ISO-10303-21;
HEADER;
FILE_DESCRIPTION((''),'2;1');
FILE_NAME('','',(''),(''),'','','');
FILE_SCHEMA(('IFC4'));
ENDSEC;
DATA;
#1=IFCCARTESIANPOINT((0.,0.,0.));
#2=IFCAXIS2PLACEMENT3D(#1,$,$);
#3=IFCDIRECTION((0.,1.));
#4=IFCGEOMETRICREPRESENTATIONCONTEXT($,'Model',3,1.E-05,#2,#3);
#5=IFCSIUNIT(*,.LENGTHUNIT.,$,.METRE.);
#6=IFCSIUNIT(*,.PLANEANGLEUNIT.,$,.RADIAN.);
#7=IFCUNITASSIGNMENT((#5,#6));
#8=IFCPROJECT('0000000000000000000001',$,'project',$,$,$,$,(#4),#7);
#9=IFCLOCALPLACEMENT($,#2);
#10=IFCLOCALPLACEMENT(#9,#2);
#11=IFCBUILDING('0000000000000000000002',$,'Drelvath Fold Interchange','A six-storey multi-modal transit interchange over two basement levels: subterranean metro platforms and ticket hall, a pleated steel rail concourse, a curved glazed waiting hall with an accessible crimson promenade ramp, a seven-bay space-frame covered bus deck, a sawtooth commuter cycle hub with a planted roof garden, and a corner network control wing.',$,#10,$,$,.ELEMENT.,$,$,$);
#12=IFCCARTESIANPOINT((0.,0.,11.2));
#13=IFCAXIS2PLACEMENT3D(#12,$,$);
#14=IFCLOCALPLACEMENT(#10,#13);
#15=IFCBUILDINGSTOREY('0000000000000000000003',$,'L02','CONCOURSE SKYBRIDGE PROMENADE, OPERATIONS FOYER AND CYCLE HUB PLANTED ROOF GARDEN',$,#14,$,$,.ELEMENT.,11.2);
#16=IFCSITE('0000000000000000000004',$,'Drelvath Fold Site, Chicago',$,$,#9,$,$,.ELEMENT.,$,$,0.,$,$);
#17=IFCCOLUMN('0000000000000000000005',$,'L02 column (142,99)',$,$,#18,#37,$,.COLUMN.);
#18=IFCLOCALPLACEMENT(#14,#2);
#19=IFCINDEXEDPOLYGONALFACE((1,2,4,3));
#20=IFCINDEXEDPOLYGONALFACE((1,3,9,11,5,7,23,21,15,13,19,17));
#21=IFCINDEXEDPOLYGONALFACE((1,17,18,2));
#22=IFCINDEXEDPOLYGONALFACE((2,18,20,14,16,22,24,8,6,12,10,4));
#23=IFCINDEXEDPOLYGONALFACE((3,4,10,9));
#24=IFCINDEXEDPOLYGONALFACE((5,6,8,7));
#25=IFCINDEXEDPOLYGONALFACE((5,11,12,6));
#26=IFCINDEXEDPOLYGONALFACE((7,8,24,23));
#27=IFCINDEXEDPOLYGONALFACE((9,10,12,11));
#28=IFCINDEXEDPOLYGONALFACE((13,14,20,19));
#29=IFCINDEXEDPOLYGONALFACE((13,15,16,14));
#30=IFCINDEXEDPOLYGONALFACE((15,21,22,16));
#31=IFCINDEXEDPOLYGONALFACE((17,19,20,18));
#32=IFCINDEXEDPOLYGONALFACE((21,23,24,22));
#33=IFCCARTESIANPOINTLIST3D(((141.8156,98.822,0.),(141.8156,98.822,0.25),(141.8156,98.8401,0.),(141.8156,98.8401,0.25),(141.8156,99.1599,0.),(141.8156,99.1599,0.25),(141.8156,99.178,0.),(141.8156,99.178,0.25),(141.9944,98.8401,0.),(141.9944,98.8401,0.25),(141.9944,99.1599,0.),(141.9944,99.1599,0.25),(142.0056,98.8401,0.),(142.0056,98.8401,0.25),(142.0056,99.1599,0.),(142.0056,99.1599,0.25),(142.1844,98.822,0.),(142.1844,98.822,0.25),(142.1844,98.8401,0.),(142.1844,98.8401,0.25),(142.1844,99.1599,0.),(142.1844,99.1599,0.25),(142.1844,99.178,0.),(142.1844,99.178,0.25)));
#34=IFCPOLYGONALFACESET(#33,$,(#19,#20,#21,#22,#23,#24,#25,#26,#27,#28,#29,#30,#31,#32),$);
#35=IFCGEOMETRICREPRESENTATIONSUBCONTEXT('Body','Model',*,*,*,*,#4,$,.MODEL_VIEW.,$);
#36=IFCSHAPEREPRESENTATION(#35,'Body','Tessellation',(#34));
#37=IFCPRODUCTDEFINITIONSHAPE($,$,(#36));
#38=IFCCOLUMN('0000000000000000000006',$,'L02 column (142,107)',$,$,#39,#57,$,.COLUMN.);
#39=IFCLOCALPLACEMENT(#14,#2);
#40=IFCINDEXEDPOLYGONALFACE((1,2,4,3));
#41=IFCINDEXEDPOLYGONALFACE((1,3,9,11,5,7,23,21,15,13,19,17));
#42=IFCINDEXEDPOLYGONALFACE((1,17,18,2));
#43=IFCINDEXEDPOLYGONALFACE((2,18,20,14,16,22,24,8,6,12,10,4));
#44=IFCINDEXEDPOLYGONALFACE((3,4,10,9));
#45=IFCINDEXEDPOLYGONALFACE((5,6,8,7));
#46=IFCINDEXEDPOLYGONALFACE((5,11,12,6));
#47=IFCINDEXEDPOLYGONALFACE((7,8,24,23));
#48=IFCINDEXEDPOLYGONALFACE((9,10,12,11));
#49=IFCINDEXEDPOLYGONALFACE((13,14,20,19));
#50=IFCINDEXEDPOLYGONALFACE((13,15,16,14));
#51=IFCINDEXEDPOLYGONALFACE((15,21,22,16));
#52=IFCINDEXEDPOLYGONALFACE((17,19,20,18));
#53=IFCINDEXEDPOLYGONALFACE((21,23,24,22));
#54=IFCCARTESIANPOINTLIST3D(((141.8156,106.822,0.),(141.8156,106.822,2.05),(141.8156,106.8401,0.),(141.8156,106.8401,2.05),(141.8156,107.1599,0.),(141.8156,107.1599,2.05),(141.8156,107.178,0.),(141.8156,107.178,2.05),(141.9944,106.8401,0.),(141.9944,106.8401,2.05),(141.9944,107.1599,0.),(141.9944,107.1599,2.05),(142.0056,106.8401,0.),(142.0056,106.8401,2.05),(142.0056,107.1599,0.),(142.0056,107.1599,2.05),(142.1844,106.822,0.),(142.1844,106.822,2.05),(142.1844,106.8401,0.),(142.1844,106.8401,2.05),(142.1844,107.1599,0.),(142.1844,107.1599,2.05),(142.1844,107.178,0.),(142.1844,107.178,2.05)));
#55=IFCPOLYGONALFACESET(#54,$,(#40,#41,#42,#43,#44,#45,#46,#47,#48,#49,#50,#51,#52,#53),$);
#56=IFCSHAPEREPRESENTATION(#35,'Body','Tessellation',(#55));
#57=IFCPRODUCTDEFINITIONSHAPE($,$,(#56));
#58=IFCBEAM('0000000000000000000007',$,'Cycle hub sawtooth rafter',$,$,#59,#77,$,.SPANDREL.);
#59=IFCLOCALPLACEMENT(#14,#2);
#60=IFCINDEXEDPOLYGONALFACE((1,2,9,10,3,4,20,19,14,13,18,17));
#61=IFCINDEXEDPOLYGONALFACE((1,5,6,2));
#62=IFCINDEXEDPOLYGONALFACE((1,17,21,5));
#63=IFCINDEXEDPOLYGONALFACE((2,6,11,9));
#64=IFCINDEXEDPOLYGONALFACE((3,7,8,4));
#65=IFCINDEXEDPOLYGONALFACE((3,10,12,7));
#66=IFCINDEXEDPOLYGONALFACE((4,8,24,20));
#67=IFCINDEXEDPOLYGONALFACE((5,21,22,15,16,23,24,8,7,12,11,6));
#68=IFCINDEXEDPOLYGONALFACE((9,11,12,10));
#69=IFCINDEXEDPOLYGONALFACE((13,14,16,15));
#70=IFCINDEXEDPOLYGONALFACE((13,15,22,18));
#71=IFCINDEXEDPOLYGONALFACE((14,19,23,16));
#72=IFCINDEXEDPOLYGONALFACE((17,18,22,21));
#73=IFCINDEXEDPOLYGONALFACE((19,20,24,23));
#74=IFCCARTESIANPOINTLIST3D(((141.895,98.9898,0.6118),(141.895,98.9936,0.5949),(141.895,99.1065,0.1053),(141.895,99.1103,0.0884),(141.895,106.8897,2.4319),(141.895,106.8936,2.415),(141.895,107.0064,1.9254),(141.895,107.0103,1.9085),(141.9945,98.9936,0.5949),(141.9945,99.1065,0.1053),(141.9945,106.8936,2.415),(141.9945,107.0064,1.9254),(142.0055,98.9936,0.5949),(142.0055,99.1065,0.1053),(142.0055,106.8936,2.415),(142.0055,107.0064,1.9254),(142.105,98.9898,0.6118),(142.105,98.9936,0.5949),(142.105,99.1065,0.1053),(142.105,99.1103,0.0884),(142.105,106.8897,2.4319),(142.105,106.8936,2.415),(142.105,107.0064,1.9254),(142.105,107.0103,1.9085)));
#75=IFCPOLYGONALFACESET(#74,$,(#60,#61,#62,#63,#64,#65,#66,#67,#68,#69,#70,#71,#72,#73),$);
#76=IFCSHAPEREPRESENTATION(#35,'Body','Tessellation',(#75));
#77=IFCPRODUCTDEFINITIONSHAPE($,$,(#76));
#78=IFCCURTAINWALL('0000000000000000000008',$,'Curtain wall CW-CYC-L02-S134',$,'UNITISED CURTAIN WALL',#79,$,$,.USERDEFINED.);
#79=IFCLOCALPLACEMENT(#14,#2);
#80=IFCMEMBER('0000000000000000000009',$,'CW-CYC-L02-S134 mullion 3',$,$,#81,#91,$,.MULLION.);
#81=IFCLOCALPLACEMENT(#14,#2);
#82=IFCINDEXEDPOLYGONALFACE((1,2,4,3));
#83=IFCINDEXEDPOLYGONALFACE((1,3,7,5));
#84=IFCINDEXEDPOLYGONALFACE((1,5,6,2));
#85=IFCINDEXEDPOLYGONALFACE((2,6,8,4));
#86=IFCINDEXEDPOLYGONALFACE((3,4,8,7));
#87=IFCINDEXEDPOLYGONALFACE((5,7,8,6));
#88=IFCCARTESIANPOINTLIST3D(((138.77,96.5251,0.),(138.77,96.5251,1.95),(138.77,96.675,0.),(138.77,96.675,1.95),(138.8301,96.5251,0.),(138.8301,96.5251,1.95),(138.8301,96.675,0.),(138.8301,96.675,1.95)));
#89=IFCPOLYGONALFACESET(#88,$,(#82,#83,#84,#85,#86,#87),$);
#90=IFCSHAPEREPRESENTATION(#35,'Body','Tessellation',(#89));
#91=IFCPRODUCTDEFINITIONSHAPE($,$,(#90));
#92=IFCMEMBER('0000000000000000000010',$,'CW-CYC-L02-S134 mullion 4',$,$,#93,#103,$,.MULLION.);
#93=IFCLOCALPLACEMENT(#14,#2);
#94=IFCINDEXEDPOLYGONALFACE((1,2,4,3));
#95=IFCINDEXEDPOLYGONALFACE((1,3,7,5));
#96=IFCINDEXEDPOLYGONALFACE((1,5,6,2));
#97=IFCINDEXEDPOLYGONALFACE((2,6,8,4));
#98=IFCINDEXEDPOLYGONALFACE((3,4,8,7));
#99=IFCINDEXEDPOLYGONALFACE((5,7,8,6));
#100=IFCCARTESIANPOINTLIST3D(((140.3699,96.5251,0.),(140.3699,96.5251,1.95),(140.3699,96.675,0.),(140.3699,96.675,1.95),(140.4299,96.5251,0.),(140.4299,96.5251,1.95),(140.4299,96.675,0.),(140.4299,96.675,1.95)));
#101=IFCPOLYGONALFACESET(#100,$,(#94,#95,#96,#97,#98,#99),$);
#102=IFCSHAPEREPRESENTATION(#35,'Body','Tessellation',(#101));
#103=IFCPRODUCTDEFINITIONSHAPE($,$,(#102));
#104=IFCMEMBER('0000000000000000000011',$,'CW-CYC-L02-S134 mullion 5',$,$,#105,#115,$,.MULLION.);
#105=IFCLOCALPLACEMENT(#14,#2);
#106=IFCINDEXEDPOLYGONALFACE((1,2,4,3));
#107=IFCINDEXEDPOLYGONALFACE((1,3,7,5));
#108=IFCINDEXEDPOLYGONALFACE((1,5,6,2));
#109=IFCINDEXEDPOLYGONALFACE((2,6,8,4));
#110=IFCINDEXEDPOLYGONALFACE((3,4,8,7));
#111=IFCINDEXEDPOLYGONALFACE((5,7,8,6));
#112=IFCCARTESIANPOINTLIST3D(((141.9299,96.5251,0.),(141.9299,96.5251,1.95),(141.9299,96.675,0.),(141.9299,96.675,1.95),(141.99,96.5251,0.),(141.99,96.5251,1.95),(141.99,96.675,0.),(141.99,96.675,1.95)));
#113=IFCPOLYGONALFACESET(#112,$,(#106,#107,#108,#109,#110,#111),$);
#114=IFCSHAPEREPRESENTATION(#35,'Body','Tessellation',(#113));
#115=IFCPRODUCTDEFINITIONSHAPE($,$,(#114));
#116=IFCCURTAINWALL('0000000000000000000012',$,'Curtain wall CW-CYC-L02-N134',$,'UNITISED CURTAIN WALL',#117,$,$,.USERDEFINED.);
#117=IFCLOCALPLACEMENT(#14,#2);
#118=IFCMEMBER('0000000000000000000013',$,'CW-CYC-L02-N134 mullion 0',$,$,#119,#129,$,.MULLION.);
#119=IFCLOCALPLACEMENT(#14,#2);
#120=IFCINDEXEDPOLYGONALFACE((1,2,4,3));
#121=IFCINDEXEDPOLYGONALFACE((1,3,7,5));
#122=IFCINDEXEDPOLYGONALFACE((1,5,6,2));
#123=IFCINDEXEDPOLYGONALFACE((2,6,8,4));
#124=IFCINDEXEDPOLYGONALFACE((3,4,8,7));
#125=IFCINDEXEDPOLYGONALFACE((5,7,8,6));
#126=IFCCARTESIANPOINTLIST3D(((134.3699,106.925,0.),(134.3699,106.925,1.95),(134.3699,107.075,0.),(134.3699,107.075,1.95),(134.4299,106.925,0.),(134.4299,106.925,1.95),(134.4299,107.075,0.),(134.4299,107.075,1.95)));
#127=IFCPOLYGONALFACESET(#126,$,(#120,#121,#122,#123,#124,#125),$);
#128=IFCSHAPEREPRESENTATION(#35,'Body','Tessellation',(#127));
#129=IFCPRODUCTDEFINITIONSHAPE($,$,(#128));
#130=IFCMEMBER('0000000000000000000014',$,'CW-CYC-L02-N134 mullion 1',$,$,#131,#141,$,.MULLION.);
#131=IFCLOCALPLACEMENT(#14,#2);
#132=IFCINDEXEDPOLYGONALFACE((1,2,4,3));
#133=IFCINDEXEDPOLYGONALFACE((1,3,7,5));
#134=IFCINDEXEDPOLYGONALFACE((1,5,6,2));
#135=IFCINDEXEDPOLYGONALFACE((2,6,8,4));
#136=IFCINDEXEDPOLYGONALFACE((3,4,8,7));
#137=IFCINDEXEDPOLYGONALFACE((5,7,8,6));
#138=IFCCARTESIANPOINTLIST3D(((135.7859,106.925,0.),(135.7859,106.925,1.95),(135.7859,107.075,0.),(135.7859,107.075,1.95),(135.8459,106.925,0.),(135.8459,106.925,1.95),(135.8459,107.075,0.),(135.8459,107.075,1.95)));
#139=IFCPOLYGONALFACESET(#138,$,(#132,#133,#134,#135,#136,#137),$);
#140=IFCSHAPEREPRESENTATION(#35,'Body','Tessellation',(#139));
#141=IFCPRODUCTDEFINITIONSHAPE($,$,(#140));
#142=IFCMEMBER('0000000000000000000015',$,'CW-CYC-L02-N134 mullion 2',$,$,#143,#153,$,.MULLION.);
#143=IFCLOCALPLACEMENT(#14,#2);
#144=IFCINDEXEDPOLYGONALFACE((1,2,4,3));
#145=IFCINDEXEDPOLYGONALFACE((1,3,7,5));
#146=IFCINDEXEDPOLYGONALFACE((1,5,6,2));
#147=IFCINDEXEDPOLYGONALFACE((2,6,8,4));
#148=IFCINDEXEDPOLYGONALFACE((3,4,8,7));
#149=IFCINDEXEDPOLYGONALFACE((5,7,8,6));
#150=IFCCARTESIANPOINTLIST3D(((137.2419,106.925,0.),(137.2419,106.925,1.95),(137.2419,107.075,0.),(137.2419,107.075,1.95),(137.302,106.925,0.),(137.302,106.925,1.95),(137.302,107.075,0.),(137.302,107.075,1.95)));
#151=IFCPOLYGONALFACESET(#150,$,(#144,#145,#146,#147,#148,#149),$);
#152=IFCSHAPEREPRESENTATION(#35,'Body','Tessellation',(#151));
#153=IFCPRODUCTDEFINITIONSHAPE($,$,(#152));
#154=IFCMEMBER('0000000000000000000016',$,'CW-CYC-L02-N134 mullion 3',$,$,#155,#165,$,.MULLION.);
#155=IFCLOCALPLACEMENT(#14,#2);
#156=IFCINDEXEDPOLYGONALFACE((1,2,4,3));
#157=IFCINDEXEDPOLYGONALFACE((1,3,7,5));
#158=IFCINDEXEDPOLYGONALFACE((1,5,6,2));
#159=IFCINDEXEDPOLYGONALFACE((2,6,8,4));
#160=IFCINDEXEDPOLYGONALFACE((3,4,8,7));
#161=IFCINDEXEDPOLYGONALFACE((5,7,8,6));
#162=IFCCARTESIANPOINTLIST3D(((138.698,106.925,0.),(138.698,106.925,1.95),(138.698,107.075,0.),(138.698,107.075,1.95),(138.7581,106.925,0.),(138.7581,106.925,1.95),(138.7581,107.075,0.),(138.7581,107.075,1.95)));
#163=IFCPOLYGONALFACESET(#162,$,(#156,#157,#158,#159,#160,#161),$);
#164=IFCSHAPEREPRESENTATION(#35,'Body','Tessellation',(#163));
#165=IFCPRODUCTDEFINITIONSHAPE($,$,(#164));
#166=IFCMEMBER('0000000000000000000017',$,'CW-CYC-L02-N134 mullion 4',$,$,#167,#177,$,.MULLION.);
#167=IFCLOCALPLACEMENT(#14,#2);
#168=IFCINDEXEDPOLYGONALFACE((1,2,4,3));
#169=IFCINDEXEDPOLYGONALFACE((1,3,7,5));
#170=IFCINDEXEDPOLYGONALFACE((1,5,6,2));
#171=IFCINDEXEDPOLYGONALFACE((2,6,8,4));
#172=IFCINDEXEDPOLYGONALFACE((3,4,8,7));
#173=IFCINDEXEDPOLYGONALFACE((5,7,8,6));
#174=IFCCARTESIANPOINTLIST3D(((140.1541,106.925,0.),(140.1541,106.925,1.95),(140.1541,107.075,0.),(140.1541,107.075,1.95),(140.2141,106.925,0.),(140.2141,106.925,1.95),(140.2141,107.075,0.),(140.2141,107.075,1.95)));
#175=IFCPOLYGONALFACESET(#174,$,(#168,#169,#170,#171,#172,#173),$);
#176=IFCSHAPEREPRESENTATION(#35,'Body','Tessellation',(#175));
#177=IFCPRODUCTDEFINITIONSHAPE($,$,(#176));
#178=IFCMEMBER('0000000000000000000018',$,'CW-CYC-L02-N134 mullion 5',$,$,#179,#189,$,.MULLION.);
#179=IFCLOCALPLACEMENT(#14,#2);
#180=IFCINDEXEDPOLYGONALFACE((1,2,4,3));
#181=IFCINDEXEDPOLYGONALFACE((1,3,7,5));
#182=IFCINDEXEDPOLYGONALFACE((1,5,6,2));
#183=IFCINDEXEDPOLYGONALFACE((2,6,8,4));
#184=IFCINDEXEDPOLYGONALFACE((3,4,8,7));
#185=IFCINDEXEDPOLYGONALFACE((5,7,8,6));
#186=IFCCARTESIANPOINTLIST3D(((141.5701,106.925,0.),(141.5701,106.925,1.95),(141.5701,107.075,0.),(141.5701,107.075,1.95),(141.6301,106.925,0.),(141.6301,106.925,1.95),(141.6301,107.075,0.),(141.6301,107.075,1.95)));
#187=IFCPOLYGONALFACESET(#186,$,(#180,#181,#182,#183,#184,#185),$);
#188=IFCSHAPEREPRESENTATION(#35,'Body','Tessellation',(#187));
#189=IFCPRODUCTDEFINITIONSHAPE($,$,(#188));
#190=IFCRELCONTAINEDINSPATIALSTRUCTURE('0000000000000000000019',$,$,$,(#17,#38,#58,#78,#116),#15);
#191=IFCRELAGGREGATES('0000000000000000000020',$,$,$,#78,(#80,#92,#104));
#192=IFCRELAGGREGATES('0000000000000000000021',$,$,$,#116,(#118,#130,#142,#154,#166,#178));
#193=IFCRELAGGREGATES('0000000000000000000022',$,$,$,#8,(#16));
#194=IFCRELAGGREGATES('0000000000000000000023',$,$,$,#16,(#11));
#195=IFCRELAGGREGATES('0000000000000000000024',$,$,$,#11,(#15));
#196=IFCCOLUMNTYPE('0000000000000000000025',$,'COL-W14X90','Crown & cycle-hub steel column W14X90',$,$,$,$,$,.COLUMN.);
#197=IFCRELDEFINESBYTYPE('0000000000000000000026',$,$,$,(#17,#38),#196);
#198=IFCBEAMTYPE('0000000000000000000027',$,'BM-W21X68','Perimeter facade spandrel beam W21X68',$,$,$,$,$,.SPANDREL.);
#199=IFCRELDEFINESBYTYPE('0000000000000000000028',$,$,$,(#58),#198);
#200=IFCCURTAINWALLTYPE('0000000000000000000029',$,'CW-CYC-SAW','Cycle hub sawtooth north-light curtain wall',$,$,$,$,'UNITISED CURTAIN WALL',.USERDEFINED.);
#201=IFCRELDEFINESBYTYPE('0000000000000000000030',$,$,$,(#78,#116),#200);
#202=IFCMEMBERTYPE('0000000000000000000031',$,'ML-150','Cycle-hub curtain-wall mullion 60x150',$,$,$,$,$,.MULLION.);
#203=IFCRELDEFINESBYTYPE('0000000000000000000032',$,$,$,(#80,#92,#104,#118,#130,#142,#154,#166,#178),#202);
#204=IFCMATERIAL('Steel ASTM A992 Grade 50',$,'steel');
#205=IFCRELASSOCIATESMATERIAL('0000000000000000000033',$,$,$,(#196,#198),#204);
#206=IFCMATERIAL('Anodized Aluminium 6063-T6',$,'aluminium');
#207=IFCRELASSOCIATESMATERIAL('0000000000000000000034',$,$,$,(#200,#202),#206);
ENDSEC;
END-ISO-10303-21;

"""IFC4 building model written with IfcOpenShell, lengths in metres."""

from ifc_helpers import new_model, si_unit, direction, frame, origin, origin_2d, place, context, subcontext, project, spatial, rectangle, i_section, extrude, material, material_profile, profile_set, type_object, element, aggregate, save


model = new_model("IFC4")

# Units and contexts
model_context = context("Model", 3, precision=1e-05, world=origin(), true_north=direction((0.0, 1.0)))
body_context = subcontext(model_context, "Body", "Model", "MODEL_VIEW")
ifc_project = project(units=[si_unit("LENGTHUNIT", "METRE"), si_unit("PLANEANGLEUNIT", "RADIAN")], contexts=[model_context])

# Site, building, storey
site_placement = place(None, origin())
site = spatial("IfcSite", under=ifc_project, at=site_placement, Name="Drelvath Fold Site, Chicago", CompositionType="ELEMENT", RefElevation=0.0)
building_placement = place(site_placement, origin())
building = spatial("IfcBuilding", under=site, at=building_placement, Name="Drelvath Fold Interchange", Description="A six-storey multi-modal transit interchange over two basement levels: subterranean metro platforms and ticket hall, a pleated steel rail concourse, a curved glazed waiting hall with an accessible crimson promenade ramp, a seven-bay space-frame covered bus deck, a sawtooth commuter cycle hub with a planted roof garden, and a corner network control wing.", CompositionType="ELEMENT")
storey_placement = place(building_placement, frame((0.0, 0.0, 11.2)))
storey = spatial("IfcBuildingStorey", under=building, at=storey_placement, Name="L02", Description="CONCOURSE SKYBRIDGE PROMENADE, OPERATIONS FOYER AND CYCLE HUB PLANTED ROOF GARDEN", CompositionType="ELEMENT", Elevation=11.2)

# Columns
ifc_material_1 = material(Name="Steel ASTM A992 Grade 50", Category="steel")
ifc_material_profile_1 = material_profile(ifc_material_1, i_section(OverallWidth=0.3689, OverallDepth=0.356, WebThickness=0.0112, FlangeThickness=0.0181, at=origin_2d()), Name="W14X90")
ifc_profile_set_1 = profile_set([ifc_material_profile_1], Name="Steel ASTM A992 Grade 50")
column_type = type_object("IfcColumnType", Name="COL-W14X90", Description="Crown & cycle-hub steel column W14X90", PredefinedType="COLUMN", material=ifc_profile_set_1)
column_1_placement = place(storey_placement, frame((142.0, 99.0, 0.0), z_axis=(0.0, 0.0, 1.0), x_axis=(1.0, 0.0, 0.0)))
element("IfcColumn", 1, at=column_1_placement, inside=storey, type_object=column_type, Name="L02 column (142,99)", PredefinedType="COLUMN", context=body_context, shape_type="SweptSolid", body=[
    extrude(i_section(OverallWidth=0.3689, OverallDepth=0.356, WebThickness=0.0112, FlangeThickness=0.0181, at=origin_2d()), origin(), (0.0, 0.0, 1.0), 0.25),
])
column_2_placement = place(storey_placement, frame((142.0, 107.0, 0.0), z_axis=(0.0, 0.0, 1.0), x_axis=(1.0, 0.0, 0.0)))
element("IfcColumn", 2, at=column_2_placement, inside=storey, type_object=column_type, Name="L02 column (142,107)", PredefinedType="COLUMN", context=body_context, shape_type="SweptSolid", body=[
    extrude(i_section(OverallWidth=0.3689, OverallDepth=0.356, WebThickness=0.0112, FlangeThickness=0.0181, at=origin_2d()), origin(), (0.0, 0.0, 1.0), 2.05),
])

# Beam
ifc_material_profile_2 = material_profile(ifc_material_1, i_section(OverallWidth=0.21, OverallDepth=0.5371, WebThickness=0.011, FlangeThickness=0.0173, at=origin_2d()), Name="W21X68")
ifc_profile_set_2 = profile_set([ifc_material_profile_2], Name="Steel ASTM A992 Grade 50")
beam_type = type_object("IfcBeamType", Name="BM-W21X68", Description="Perimeter facade spandrel beam W21X68", PredefinedType="SPANDREL", material=ifc_profile_set_2)
beam_placement = place(storey_placement, frame((142.0, 99.05, 0.3501), z_axis=(0.0, 0.974472, 0.22451), x_axis=(-1.0, 0.0, 0.0)))
element("IfcBeam", 3, at=beam_placement, inside=storey, type_object=beam_type, Name="Cycle hub sawtooth rafter", PredefinedType="SPANDREL", context=body_context, shape_type="SweptSolid", body=[
    extrude(i_section(OverallWidth=0.21, OverallDepth=0.5371, WebThickness=0.011, FlangeThickness=0.0173, at=origin_2d()), origin(), (0.0, 0.0, 1.0), 8.1069),
])

# Curtain walls, members
ifc_material_2 = material(Name="Anodized Aluminium 6063-T6", Category="aluminium")
curtain_wall_type = type_object("IfcCurtainWallType", Name="CW-CYC-SAW", Description="Cycle hub sawtooth north-light curtain wall", ElementType="UNITISED CURTAIN WALL", PredefinedType="USERDEFINED", material=ifc_material_2)
curtain_wall_1_placement = place(storey_placement, origin())
curtain_wall_1 = element("IfcCurtainWall", 4, at=curtain_wall_1_placement, inside=storey, type_object=curtain_wall_type, Name="Curtain wall CW-CYC-L02-S134", ObjectType="UNITISED CURTAIN WALL", PredefinedType="USERDEFINED")
ifc_material_profile_3 = material_profile(ifc_material_2, rectangle(XDim=0.0601, YDim=0.1499, at=origin_2d()), Name="AL-M 60x150")
ifc_profile_set_3 = profile_set([ifc_material_profile_3], Name="Anodized Aluminium 6063-T6")
member_type_1 = type_object("IfcMemberType", Name="ML-150", Description="Cycle-hub curtain-wall mullion 60x150", PredefinedType="MULLION", material=ifc_profile_set_3)
member_1_placement = place(storey_placement, frame((138.8, 96.6001, 0.0), z_axis=(0.0, 0.0, 1.0), x_axis=(1.0, 0.0, 0.0)))
member_1 = element("IfcMember", 5, at=member_1_placement, type_object=member_type_1, Name="CW-CYC-L02-S134 mullion 3", PredefinedType="MULLION", context=body_context, shape_type="SweptSolid", body=[
    extrude(rectangle(XDim=0.0601, YDim=0.1499, at=origin_2d()), origin(), (0.0, 0.0, 1.0), 1.95),
])
member_2_placement = place(storey_placement, frame((140.3999, 96.6001, 0.0), z_axis=(0.0, 0.0, 1.0), x_axis=(1.0, 0.0, 0.0)))
member_2 = element("IfcMember", 6, at=member_2_placement, type_object=member_type_1, Name="CW-CYC-L02-S134 mullion 4", PredefinedType="MULLION", context=body_context, shape_type="SweptSolid", body=[
    extrude(rectangle(XDim=0.0601, YDim=0.1499, at=origin_2d()), origin(), (0.0, 0.0, 1.0), 1.95),
])
member_3_placement = place(storey_placement, frame((141.96, 96.6001, 0.0), z_axis=(0.0, 0.0, 1.0), x_axis=(1.0, 0.0, 0.0)))
member_3 = element("IfcMember", 7, at=member_3_placement, type_object=member_type_1, Name="CW-CYC-L02-S134 mullion 5", PredefinedType="MULLION", context=body_context, shape_type="SweptSolid", body=[
    extrude(rectangle(XDim=0.0601, YDim=0.1499, at=origin_2d()), origin(), (0.0, 0.0, 1.0), 1.95),
])
curtain_wall_2_placement = place(storey_placement, origin())
curtain_wall_2 = element("IfcCurtainWall", 8, at=curtain_wall_2_placement, inside=storey, type_object=curtain_wall_type, Name="Curtain wall CW-CYC-L02-N134", ObjectType="UNITISED CURTAIN WALL", PredefinedType="USERDEFINED")
member_4_placement = place(storey_placement, frame((134.3999, 107.0, 0.0), z_axis=(0.0, 0.0, 1.0), x_axis=(1.0, 0.0, 0.0)))
member_4 = element("IfcMember", 9, at=member_4_placement, type_object=member_type_1, Name="CW-CYC-L02-N134 mullion 0", PredefinedType="MULLION", context=body_context, shape_type="SweptSolid", body=[
    extrude(rectangle(XDim=0.0601, YDim=0.1499, at=origin_2d()), origin(), (0.0, 0.0, 1.0), 1.95),
])
member_5_placement = place(storey_placement, frame((135.8159, 107.0, 0.0), z_axis=(0.0, 0.0, 1.0), x_axis=(1.0, 0.0, 0.0)))
member_5 = element("IfcMember", 10, at=member_5_placement, type_object=member_type_1, Name="CW-CYC-L02-N134 mullion 1", PredefinedType="MULLION", context=body_context, shape_type="SweptSolid", body=[
    extrude(rectangle(XDim=0.0601, YDim=0.1499, at=origin_2d()), origin(), (0.0, 0.0, 1.0), 1.95),
])
member_6_placement = place(storey_placement, frame((137.272, 107.0, 0.0), z_axis=(0.0, 0.0, 1.0), x_axis=(1.0, 0.0, 0.0)))
member_6 = element("IfcMember", 11, at=member_6_placement, type_object=member_type_1, Name="CW-CYC-L02-N134 mullion 2", PredefinedType="MULLION", context=body_context, shape_type="SweptSolid", body=[
    extrude(rectangle(XDim=0.0601, YDim=0.1499, at=origin_2d()), origin(), (0.0, 0.0, 1.0), 1.95),
])
member_7_placement = place(storey_placement, frame((138.728, 107.0, 0.0), z_axis=(0.0, 0.0, 1.0), x_axis=(1.0, 0.0, 0.0)))
member_7 = element("IfcMember", 12, at=member_7_placement, type_object=member_type_1, Name="CW-CYC-L02-N134 mullion 3", PredefinedType="MULLION", context=body_context, shape_type="SweptSolid", body=[
    extrude(rectangle(XDim=0.0601, YDim=0.1499, at=origin_2d()), origin(), (0.0, 0.0, 1.0), 1.95),
])
member_8_placement = place(storey_placement, frame((140.1841, 107.0, 0.0), z_axis=(0.0, 0.0, 1.0), x_axis=(1.0, 0.0, 0.0)))
member_8 = element("IfcMember", 13, at=member_8_placement, type_object=member_type_1, Name="CW-CYC-L02-N134 mullion 4", PredefinedType="MULLION", context=body_context, shape_type="SweptSolid", body=[
    extrude(rectangle(XDim=0.0601, YDim=0.1499, at=origin_2d()), origin(), (0.0, 0.0, 1.0), 1.95),
])
member_9_placement = place(storey_placement, frame((141.6001, 107.0, 0.0), z_axis=(0.0, 0.0, 1.0), x_axis=(1.0, 0.0, 0.0)))
member_9 = element("IfcMember", 14, at=member_9_placement, type_object=member_type_1, Name="CW-CYC-L02-N134 mullion 5", PredefinedType="MULLION", context=body_context, shape_type="SweptSolid", body=[
    extrude(rectangle(XDim=0.0601, YDim=0.1499, at=origin_2d()), origin(), (0.0, 0.0, 1.0), 1.95),
])

aggregate(curtain_wall_1, [member_1, member_2, member_3])
aggregate(curtain_wall_2, [member_4, member_5, member_6, member_7, member_8, member_9])

save(model, "model.ifc")
